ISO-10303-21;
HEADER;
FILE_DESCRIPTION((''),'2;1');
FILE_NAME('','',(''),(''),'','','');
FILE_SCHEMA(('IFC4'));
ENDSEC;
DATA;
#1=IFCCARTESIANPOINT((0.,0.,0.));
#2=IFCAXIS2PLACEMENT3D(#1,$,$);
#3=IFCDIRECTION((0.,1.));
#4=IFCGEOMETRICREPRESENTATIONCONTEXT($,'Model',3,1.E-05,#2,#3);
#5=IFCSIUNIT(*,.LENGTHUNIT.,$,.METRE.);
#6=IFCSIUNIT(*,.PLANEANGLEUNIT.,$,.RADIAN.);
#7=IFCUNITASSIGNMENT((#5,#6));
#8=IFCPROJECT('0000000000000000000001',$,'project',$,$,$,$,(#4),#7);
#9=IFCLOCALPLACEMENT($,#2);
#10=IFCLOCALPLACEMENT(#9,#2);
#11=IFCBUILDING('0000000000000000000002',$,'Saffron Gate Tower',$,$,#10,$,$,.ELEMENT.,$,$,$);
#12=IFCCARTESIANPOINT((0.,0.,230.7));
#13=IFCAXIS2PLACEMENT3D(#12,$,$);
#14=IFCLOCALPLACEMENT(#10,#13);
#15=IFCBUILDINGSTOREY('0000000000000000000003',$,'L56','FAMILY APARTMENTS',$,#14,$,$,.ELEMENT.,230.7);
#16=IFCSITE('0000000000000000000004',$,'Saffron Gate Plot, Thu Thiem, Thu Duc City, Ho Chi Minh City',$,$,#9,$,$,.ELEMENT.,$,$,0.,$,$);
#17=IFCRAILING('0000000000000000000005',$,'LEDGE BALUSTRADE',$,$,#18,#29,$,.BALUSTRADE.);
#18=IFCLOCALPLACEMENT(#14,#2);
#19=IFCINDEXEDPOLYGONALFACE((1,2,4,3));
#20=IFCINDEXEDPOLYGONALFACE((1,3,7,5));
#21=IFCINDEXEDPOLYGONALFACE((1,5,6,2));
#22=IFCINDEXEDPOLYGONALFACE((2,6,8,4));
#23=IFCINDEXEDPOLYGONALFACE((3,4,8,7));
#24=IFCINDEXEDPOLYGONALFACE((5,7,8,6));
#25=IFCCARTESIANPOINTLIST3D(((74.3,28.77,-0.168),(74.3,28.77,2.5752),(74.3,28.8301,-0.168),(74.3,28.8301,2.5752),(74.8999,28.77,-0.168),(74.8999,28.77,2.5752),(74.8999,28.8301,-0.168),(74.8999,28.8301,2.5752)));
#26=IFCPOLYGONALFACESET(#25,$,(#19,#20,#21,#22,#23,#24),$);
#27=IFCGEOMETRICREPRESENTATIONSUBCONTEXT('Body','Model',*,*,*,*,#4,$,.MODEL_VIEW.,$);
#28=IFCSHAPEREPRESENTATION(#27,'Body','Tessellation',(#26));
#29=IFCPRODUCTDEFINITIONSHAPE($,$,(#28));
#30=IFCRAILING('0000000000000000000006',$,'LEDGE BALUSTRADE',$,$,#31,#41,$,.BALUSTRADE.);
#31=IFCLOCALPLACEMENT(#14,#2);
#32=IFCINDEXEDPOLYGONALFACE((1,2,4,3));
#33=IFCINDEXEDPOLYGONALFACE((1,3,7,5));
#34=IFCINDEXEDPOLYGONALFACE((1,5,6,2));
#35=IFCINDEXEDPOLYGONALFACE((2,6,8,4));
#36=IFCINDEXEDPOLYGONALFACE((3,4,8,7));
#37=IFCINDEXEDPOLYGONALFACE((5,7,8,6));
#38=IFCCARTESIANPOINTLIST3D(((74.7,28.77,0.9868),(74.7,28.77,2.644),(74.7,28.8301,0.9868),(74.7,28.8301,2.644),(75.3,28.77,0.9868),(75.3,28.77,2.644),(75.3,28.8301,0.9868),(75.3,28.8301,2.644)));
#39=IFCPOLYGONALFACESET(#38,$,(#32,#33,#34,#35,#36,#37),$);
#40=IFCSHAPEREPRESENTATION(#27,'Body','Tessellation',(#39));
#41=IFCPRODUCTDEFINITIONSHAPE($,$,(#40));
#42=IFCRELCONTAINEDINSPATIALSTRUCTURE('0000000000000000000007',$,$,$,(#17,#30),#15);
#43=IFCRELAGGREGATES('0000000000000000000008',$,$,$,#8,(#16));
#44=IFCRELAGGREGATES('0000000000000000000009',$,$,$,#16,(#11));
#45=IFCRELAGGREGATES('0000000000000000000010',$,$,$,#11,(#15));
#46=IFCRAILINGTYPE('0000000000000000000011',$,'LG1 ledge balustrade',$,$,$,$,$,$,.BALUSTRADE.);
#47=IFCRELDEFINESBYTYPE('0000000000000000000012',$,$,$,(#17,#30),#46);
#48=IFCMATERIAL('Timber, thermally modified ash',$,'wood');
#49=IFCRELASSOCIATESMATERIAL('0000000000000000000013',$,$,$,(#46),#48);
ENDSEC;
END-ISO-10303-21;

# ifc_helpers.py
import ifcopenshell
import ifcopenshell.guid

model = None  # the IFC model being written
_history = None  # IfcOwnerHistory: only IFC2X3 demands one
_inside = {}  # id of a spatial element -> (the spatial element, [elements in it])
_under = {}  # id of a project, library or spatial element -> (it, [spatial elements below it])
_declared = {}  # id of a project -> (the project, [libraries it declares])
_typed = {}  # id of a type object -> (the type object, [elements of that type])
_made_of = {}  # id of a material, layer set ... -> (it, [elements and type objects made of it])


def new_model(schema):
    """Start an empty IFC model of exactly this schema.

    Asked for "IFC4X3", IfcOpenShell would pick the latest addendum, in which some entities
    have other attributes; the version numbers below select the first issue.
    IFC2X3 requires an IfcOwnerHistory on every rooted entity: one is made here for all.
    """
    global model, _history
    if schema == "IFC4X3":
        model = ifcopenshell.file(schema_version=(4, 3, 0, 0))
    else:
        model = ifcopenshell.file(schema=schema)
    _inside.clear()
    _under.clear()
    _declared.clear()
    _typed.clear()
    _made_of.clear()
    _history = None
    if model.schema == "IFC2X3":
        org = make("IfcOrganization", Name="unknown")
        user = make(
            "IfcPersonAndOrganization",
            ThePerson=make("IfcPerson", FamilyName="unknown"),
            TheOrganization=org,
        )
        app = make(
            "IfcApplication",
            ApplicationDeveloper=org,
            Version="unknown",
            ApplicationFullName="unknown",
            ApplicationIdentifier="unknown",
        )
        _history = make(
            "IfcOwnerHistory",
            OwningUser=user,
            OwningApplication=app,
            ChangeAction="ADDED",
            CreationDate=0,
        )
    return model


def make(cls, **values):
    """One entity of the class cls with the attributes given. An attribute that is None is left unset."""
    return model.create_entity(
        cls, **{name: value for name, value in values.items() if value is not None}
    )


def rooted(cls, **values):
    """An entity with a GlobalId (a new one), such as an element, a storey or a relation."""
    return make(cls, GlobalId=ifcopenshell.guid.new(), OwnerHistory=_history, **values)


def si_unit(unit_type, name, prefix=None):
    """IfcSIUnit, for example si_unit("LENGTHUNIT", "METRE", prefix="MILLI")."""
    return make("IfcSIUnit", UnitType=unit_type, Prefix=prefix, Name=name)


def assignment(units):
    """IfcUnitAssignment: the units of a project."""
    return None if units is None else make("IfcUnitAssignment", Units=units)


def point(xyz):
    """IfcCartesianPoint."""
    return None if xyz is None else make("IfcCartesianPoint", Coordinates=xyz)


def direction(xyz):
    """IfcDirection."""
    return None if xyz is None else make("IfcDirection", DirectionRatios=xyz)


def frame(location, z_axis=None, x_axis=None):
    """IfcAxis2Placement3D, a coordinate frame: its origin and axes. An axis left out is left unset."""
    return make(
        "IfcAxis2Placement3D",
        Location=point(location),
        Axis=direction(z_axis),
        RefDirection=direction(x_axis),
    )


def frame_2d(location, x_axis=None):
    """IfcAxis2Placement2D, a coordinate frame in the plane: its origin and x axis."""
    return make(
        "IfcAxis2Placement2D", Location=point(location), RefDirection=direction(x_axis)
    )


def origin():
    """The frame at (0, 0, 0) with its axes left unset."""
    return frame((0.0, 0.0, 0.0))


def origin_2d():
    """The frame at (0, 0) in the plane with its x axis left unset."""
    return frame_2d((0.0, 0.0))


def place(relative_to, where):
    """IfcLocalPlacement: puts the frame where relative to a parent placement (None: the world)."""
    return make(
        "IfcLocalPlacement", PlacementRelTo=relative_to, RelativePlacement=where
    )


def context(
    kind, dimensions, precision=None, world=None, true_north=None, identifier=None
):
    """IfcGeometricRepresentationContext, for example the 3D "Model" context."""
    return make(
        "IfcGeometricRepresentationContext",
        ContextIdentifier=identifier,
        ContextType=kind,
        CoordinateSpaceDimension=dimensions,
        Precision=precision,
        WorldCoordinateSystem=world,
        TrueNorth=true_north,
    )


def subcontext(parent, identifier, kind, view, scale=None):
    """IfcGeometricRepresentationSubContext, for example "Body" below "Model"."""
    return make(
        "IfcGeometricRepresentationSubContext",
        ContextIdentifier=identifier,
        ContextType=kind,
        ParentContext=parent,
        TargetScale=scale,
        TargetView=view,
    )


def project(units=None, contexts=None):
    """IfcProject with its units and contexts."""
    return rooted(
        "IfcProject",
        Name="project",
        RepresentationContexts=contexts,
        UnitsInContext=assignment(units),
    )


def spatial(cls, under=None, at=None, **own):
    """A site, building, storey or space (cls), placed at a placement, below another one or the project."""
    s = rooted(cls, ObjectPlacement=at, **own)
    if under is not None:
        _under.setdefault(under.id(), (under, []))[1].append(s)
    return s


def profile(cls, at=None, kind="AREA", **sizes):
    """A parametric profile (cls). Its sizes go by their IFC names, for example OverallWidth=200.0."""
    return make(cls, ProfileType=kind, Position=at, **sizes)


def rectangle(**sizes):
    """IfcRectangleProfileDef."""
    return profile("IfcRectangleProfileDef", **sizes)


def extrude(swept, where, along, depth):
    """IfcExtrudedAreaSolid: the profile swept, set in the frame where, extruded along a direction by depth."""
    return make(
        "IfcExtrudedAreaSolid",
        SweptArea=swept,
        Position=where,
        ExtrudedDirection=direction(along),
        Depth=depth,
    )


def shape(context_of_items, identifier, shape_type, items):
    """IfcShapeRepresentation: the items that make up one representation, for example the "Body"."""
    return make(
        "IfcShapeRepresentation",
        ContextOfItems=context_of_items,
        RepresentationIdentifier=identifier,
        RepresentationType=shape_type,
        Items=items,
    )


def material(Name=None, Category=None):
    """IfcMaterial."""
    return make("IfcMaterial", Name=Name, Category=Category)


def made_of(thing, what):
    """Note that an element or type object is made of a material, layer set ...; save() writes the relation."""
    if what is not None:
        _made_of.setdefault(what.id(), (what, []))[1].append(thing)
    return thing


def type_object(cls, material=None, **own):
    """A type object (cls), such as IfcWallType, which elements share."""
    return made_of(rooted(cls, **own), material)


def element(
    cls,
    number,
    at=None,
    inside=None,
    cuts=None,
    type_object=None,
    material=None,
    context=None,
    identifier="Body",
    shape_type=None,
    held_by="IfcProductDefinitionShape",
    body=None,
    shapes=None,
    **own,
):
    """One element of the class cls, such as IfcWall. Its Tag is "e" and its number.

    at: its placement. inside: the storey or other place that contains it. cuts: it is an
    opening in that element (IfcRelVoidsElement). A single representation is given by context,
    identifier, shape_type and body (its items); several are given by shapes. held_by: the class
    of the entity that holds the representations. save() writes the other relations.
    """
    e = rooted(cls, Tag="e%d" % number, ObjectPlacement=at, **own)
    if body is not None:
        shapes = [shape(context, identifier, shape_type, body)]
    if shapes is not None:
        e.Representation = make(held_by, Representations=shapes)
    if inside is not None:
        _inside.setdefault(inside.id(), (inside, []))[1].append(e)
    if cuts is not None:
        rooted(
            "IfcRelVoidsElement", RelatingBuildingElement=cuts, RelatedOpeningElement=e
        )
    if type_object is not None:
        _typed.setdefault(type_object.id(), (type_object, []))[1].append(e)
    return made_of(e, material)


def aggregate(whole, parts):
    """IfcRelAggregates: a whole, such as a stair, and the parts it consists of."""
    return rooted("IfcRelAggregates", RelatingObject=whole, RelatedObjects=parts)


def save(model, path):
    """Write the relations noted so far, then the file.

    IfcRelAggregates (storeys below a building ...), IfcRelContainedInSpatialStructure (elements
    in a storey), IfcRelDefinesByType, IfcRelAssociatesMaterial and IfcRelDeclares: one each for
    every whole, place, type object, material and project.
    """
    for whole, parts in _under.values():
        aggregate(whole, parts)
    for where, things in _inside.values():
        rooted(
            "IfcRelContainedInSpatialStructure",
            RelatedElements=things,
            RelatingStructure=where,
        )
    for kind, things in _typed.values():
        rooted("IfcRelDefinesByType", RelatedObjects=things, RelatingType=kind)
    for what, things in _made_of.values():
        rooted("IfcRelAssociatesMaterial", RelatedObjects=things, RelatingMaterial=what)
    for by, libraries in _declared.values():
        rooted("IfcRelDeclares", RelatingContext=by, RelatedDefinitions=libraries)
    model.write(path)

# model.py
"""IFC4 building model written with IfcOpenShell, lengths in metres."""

from ifc_helpers import new_model, si_unit, direction, frame, origin, origin_2d, place, context, subcontext, project, spatial, rectangle, extrude, material, type_object, element, save


model = new_model("IFC4")

# Units and contexts
model_context = context("Model", 3, precision=1e-05, world=origin(), true_north=direction((0.0, 1.0)))
body_context = subcontext(model_context, "Body", "Model", "MODEL_VIEW")
ifc_project = project(units=[si_unit("LENGTHUNIT", "METRE"), si_unit("PLANEANGLEUNIT", "RADIAN")], contexts=[model_context])

# Site, building, storey
site_placement = place(None, origin())
site = spatial("IfcSite", under=ifc_project, at=site_placement, Name="Saffron Gate Plot, Thu Thiem, Thu Duc City, Ho Chi Minh City", CompositionType="ELEMENT", RefElevation=0.0)
building_placement = place(site_placement, origin())
building = spatial("IfcBuilding", under=site, at=building_placement, Name="Saffron Gate Tower", CompositionType="ELEMENT")
storey_placement = place(building_placement, frame((0.0, 0.0, 230.7)))
storey = spatial("IfcBuildingStorey", under=building, at=storey_placement, Name="L56", Description="FAMILY APARTMENTS", CompositionType="ELEMENT", Elevation=230.7)

# Shared definitions
ifc_material_1 = material(Name="Timber, thermally modified ash", Category="wood")

# Railings
railing_type_1 = type_object("IfcRailingType", Name="LG1 ledge balustrade", PredefinedType="BALUSTRADE", material=ifc_material_1)
railing_1_placement = place(storey_placement, frame((74.3, 28.8, -0.168)))
element("IfcRailing", 1, at=railing_1_placement, inside=storey, type_object=railing_type_1, Name="LEDGE BALUSTRADE", PredefinedType="BALUSTRADE", context=body_context, shape_type="SweptSolid", body=[
    extrude(rectangle(XDim=0.0601, YDim=2.7432, at=origin_2d()), frame((0.0, 0.0, 1.3716), z_axis=(1.0, 0.0, 0.0), x_axis=(0.0, 1.0, 0.0)), (0.0, 0.0, 1.0), 0.5999),
])
railing_2_placement = place(storey_placement, frame((74.7, 28.8, 0.9868)))
element("IfcRailing", 2, at=railing_2_placement, inside=storey, type_object=railing_type_1, Name="LEDGE BALUSTRADE", PredefinedType="BALUSTRADE", context=body_context, shape_type="SweptSolid", body=[
    extrude(rectangle(XDim=0.0601, YDim=1.6572, at=origin_2d()), frame((0.0, 0.0, 0.8286), z_axis=(1.0, 0.0, 0.0), x_axis=(0.0, 1.0, 0.0)), (0.0, 0.0, 1.0), 0.6001),
])

save(model, "model.ifc")
